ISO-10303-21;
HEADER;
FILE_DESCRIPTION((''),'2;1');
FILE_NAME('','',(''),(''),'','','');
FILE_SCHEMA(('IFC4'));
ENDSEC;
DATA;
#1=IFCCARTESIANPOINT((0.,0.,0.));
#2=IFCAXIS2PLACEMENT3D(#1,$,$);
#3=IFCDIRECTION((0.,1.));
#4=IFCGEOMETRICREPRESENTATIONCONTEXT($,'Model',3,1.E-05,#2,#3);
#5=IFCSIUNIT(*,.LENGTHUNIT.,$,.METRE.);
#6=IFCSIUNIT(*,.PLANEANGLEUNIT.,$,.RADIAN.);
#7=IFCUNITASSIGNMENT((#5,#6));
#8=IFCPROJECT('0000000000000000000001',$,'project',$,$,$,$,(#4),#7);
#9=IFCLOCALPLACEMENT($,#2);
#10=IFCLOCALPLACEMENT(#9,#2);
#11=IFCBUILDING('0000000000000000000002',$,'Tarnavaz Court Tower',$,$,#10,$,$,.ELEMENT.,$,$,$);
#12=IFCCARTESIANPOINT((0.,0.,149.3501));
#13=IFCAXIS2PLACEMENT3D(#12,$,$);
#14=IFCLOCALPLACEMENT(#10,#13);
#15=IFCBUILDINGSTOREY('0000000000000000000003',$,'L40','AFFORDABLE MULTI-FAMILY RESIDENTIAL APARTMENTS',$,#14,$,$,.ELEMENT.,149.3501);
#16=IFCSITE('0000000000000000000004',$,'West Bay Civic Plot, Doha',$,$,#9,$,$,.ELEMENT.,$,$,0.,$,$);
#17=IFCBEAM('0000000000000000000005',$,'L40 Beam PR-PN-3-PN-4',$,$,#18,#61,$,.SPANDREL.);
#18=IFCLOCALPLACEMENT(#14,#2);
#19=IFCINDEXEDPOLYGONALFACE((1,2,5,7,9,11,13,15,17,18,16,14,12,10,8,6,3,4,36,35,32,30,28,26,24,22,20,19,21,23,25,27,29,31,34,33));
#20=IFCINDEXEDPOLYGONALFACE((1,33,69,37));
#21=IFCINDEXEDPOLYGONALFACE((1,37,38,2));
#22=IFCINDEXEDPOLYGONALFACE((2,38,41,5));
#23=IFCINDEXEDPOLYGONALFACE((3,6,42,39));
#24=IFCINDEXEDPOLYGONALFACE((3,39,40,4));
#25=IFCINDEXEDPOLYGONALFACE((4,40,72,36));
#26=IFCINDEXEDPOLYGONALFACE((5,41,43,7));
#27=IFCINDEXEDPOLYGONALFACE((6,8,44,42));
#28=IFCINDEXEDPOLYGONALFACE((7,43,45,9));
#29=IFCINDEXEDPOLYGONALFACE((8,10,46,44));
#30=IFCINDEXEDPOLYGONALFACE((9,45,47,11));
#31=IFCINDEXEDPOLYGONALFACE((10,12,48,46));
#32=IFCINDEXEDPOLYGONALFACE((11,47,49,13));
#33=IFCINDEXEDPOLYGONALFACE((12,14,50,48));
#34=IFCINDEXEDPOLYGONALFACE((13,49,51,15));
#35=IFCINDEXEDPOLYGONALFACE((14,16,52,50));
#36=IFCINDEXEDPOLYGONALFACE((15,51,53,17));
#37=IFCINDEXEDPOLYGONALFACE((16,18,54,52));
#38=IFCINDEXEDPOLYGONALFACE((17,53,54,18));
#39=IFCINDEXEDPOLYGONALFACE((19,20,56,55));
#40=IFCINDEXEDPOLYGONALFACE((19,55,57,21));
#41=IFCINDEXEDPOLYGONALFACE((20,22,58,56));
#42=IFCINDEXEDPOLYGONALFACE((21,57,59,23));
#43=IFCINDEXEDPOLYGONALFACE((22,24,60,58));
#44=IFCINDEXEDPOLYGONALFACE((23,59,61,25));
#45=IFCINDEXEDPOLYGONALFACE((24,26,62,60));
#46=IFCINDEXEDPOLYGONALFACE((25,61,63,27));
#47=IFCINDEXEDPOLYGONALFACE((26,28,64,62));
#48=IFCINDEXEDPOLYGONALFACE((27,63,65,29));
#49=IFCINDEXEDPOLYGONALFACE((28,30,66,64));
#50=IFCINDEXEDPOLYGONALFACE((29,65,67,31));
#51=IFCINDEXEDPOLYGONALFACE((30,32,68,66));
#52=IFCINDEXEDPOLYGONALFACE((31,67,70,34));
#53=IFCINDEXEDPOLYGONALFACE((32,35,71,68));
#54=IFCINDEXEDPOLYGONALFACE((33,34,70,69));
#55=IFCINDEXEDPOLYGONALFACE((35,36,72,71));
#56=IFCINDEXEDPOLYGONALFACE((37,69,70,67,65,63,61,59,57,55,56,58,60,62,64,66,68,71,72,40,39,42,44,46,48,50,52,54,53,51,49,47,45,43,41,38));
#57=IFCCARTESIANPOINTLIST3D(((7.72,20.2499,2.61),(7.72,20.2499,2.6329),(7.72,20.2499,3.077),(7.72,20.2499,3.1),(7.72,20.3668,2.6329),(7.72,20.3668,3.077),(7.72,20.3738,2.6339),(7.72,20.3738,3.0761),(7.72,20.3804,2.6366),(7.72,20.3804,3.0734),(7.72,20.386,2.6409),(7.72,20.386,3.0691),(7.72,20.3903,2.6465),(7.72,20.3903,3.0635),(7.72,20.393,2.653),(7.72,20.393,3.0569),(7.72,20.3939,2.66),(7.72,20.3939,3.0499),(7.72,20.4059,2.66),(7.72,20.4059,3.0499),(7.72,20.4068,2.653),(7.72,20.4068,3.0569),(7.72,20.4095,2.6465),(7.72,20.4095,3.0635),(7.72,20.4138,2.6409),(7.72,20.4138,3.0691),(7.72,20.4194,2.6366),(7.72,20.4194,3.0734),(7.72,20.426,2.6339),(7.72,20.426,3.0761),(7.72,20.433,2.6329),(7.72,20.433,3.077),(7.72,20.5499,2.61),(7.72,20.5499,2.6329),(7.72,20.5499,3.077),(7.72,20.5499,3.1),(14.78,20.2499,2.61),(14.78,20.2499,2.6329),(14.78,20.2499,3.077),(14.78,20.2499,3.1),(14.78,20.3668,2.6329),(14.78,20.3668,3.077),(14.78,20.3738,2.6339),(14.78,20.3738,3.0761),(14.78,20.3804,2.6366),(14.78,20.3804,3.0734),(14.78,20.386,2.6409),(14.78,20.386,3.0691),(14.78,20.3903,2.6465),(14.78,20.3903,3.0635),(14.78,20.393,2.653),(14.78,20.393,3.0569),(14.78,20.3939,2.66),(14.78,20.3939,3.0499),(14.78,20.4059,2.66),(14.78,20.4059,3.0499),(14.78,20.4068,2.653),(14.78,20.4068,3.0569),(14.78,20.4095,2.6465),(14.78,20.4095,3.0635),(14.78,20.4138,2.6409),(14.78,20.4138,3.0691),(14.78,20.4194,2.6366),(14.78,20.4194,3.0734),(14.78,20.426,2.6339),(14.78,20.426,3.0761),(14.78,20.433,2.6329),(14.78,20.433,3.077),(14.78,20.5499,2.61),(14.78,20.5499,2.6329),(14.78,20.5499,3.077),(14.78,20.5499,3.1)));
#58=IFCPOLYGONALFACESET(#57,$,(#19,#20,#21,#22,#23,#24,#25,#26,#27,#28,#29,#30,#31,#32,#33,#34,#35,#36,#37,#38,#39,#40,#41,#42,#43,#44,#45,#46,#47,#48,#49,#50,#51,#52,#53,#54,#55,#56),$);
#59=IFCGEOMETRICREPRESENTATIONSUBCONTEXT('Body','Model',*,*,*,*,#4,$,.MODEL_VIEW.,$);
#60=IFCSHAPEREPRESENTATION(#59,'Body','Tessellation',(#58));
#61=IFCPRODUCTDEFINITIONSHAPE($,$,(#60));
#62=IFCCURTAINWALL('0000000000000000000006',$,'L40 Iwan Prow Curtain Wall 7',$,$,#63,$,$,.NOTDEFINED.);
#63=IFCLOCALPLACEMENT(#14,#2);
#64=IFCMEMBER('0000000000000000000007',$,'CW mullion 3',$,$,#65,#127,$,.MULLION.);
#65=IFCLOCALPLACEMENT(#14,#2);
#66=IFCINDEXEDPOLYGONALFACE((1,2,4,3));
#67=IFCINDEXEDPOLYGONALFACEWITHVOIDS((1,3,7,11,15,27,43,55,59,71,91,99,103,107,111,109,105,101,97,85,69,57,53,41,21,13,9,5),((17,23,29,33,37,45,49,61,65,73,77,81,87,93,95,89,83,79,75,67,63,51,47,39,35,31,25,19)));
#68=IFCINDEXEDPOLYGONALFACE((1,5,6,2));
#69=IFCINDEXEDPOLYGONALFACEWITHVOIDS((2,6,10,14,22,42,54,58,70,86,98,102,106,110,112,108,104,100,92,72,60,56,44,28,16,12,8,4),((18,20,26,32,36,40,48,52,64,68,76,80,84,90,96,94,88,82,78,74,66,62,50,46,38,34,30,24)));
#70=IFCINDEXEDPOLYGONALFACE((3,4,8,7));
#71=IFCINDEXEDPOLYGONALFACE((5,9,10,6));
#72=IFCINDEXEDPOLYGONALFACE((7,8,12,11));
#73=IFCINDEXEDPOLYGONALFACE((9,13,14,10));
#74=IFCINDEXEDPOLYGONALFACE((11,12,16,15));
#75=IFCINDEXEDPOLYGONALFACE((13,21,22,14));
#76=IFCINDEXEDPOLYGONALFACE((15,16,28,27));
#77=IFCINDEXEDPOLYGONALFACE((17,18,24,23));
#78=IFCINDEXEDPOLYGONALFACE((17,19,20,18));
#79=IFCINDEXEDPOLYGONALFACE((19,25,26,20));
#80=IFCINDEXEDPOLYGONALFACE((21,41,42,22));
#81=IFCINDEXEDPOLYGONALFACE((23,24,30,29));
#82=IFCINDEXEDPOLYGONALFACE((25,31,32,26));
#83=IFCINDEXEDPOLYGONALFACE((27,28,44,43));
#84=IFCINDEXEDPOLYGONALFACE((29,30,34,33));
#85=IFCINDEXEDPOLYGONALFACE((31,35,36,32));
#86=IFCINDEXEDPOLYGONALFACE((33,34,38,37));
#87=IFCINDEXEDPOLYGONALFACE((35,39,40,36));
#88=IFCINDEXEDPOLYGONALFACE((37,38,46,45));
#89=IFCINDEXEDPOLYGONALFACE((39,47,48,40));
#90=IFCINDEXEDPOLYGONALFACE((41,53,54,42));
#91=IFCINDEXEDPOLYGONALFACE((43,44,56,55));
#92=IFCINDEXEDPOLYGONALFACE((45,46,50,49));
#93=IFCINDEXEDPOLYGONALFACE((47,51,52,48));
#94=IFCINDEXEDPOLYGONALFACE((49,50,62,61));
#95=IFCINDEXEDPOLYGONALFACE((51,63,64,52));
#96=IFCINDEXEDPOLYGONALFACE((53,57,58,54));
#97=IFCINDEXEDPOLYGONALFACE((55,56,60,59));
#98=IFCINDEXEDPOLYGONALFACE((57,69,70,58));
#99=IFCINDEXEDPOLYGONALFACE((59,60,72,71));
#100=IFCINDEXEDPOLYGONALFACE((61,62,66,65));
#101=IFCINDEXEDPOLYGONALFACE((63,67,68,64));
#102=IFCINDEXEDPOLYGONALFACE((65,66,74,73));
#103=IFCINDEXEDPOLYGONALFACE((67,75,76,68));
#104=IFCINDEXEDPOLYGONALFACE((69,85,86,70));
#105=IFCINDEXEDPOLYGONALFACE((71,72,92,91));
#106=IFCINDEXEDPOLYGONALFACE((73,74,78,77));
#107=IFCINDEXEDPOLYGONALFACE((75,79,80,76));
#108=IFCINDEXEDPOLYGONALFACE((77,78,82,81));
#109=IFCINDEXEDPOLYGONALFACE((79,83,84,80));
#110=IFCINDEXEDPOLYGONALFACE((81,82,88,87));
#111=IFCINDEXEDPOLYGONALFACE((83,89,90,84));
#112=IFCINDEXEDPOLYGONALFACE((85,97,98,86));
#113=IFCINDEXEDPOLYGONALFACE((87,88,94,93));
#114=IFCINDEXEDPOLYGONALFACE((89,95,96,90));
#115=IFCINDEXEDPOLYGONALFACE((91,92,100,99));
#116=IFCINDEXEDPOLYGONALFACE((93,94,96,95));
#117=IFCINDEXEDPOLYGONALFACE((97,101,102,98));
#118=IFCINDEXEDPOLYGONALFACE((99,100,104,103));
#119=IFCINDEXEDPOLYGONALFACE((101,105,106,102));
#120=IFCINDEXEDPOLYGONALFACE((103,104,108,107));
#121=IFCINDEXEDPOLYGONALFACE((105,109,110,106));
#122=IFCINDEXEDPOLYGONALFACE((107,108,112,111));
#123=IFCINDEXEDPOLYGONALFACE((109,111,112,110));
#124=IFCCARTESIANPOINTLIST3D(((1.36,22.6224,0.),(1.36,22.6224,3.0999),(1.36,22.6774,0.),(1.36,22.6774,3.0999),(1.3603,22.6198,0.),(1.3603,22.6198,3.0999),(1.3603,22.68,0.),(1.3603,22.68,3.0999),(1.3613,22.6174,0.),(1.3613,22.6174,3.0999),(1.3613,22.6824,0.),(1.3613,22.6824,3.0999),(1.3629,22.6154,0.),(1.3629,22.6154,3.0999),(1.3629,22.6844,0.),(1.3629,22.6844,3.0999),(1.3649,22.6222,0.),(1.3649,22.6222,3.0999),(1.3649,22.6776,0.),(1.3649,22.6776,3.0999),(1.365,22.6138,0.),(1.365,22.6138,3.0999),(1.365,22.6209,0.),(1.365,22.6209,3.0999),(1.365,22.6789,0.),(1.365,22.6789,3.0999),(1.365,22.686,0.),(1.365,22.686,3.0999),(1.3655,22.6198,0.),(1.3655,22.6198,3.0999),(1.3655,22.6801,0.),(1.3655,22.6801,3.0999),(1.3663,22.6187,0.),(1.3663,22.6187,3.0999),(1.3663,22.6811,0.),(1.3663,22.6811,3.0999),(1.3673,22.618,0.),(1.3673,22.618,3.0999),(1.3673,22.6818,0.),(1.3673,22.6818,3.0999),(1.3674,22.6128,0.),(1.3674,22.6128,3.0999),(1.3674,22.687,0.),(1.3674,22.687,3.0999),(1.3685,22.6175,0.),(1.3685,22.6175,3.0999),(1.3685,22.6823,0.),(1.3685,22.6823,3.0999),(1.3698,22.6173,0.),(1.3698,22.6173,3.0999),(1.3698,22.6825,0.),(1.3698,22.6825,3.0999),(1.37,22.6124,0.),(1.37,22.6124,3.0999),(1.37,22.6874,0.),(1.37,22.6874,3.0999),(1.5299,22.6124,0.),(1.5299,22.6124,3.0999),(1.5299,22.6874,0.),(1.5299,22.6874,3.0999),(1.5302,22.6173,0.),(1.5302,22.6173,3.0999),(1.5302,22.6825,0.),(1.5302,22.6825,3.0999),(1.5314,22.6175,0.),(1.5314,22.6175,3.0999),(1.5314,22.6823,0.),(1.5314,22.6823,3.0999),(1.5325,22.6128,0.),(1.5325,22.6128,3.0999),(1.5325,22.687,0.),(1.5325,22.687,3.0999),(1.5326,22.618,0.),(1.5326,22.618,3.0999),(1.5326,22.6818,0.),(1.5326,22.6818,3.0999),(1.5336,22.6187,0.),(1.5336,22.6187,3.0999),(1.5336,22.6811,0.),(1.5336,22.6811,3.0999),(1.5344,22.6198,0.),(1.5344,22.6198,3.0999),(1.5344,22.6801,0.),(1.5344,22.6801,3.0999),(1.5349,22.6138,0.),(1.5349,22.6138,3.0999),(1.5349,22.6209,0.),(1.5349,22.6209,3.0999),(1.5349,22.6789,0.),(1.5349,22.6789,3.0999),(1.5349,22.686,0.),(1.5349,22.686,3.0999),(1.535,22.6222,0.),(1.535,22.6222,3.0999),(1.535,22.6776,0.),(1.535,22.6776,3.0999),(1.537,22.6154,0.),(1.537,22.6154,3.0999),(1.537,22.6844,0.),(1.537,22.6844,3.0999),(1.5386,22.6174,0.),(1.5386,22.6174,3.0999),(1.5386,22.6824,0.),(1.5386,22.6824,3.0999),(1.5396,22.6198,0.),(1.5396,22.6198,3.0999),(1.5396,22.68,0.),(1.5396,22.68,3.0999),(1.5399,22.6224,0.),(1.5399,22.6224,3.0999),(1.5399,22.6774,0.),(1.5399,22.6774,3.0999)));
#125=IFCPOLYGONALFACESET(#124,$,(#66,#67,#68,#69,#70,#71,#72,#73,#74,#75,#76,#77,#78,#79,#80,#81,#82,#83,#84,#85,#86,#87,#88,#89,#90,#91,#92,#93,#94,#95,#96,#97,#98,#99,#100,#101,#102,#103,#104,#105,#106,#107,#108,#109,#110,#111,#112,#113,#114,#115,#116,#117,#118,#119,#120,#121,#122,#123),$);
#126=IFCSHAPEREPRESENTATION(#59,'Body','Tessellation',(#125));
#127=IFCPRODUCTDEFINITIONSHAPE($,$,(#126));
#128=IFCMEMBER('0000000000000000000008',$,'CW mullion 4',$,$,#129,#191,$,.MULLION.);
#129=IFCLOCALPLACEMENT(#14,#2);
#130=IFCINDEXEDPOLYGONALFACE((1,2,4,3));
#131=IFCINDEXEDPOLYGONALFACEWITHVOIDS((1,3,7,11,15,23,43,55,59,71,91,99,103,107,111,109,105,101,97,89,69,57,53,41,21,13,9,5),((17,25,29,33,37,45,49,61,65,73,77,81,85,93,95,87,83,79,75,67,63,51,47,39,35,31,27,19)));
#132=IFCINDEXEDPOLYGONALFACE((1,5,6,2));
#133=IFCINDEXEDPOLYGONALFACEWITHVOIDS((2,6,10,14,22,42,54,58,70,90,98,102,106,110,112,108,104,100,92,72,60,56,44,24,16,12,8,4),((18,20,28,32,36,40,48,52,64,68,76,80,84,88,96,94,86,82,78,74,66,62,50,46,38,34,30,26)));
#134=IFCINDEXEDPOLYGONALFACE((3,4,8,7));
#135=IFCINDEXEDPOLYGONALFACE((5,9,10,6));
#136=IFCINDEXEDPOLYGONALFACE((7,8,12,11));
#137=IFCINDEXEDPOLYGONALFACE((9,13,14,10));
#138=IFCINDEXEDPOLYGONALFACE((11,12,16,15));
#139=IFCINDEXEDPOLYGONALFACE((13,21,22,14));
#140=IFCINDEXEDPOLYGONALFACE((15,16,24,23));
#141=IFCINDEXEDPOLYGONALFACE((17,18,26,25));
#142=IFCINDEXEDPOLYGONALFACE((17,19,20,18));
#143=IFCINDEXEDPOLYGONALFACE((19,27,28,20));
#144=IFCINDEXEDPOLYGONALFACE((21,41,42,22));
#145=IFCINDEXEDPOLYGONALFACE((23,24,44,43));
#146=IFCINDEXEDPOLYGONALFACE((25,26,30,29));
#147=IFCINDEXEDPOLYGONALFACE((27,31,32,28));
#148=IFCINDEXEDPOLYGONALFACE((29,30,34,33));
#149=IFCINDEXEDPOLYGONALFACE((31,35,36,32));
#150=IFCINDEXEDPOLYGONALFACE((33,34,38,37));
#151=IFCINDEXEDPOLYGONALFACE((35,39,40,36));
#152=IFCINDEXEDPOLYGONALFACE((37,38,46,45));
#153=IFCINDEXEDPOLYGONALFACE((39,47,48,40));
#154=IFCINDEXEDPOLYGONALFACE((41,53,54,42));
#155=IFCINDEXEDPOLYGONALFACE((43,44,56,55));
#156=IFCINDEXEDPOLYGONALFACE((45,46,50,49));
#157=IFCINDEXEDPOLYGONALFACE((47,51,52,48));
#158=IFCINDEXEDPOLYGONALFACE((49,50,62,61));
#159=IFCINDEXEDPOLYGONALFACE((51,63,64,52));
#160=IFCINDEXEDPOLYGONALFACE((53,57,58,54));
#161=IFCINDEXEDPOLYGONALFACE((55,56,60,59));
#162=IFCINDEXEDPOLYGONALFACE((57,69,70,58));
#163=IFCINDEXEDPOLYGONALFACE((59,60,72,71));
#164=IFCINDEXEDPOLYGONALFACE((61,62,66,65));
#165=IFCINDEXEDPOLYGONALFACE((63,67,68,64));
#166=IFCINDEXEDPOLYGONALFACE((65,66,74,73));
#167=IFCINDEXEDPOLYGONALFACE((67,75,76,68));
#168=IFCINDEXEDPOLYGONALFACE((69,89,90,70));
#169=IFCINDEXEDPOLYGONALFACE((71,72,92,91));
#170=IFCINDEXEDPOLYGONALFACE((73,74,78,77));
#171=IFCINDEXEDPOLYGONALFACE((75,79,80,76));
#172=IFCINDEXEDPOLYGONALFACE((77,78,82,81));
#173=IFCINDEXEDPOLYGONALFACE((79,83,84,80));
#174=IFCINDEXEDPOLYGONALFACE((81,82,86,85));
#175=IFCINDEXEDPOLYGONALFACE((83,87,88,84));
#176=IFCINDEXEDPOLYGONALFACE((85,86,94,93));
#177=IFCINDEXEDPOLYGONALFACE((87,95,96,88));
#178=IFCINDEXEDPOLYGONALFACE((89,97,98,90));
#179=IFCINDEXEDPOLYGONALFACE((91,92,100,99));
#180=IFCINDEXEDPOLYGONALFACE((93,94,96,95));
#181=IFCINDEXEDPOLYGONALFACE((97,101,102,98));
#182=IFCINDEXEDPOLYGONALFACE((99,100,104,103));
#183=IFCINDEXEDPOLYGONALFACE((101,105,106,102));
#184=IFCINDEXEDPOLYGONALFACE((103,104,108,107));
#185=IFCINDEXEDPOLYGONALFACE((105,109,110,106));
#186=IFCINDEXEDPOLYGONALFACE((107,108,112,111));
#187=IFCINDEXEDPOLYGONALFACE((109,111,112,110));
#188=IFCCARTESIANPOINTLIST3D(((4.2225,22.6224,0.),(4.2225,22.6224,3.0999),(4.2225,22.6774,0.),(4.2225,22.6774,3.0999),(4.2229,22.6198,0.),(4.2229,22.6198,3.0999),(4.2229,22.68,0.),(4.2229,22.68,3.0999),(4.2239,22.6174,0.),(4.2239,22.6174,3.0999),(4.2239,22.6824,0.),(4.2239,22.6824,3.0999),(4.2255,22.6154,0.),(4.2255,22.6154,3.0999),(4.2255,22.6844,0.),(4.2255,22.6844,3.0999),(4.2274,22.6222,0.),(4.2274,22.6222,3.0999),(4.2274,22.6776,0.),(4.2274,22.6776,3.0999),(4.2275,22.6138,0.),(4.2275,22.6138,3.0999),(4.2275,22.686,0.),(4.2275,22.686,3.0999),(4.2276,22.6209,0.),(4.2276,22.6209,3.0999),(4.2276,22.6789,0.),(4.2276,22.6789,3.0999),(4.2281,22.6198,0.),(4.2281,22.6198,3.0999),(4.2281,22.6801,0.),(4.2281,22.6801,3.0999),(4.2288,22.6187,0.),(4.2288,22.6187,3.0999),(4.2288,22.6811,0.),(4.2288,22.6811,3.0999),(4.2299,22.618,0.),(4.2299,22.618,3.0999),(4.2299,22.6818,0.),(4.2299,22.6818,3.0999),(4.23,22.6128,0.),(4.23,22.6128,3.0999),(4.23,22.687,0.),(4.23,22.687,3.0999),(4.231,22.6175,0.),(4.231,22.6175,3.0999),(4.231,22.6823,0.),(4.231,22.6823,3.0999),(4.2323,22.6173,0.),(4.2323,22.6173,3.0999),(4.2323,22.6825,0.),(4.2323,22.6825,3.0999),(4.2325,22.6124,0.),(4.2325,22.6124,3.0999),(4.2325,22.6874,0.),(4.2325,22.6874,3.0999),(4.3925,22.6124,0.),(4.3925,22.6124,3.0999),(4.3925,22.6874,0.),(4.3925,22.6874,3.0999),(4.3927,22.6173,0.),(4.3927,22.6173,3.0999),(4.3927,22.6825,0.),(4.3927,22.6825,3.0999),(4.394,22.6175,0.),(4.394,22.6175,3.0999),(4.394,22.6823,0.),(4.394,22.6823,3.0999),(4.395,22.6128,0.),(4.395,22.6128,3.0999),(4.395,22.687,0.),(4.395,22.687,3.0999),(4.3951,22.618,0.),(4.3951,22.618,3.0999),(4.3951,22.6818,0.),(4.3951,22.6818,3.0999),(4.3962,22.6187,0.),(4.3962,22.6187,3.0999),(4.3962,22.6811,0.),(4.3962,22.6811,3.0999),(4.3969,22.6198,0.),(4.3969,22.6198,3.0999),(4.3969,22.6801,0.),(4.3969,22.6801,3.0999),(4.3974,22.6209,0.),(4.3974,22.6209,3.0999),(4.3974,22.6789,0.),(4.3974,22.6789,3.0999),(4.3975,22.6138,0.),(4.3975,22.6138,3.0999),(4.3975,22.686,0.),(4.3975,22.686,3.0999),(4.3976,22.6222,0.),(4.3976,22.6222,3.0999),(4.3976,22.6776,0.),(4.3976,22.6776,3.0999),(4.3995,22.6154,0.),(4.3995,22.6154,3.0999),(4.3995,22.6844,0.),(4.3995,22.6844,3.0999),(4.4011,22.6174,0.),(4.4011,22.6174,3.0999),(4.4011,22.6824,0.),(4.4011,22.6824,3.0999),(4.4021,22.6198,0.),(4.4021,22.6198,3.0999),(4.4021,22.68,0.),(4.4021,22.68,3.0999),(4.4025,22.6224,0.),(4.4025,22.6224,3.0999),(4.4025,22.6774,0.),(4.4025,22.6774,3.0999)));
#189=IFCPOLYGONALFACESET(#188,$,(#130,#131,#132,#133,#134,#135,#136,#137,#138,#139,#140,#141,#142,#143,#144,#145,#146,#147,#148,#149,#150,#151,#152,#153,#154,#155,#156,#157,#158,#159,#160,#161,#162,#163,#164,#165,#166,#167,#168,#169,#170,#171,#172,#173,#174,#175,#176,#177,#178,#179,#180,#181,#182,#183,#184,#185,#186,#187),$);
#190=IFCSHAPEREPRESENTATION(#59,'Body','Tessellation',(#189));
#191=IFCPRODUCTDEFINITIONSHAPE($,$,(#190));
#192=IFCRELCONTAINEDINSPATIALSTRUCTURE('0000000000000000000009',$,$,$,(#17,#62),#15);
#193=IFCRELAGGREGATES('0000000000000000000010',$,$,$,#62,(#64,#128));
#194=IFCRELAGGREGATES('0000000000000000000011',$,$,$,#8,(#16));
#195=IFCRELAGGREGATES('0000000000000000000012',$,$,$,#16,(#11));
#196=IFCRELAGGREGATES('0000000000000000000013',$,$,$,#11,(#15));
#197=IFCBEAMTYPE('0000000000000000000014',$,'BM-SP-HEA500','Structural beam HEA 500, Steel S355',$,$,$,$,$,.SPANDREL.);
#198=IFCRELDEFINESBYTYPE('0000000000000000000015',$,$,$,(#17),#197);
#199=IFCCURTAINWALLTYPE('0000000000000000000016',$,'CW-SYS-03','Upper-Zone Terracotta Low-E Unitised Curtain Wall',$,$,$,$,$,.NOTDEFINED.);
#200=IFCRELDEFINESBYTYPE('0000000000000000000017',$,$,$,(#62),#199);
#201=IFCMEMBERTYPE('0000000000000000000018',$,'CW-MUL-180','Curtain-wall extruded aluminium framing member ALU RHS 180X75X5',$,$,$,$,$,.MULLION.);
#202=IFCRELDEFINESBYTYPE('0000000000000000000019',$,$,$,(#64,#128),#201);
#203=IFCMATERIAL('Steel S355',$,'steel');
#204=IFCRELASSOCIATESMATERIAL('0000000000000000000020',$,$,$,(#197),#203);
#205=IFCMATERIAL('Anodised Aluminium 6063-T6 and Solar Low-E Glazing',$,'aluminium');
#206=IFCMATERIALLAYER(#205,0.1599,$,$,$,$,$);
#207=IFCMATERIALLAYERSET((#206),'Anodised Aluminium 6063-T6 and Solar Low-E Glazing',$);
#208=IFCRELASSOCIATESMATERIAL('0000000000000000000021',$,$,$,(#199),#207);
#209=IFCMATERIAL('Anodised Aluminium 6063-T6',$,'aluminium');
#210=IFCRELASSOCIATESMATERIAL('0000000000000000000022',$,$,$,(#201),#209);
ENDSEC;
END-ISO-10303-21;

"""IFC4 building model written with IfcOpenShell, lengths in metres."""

from ifc_helpers import new_model, si_unit, direction, frame, origin, origin_2d, place, context, subcontext, project, spatial, hollow_rectangle, i_section, extrude, material, layer, layer_set, material_profile, profile_set, type_object, element, aggregate, save


model = new_model("IFC4")

# Units and contexts
model_context = context("Model", 3, precision=1e-05, world=origin(), true_north=direction((0.0, 1.0)))
body_context = subcontext(model_context, "Body", "Model", "MODEL_VIEW")
ifc_project = project(units=[si_unit("LENGTHUNIT", "METRE"), si_unit("PLANEANGLEUNIT", "RADIAN")], contexts=[model_context])

# Site, building, storey
site_placement = place(None, origin())
site = spatial("IfcSite", under=ifc_project, at=site_placement, Name="West Bay Civic Plot, Doha", CompositionType="ELEMENT", RefElevation=0.0)
building_placement = place(site_placement, origin())
building = spatial("IfcBuilding", under=site, at=building_placement, Name="Tarnavaz Court Tower", CompositionType="ELEMENT")
storey_placement = place(building_placement, frame((0.0, 0.0, 149.3501)))
storey = spatial("IfcBuildingStorey", under=building, at=storey_placement, Name="L40", Description="AFFORDABLE MULTI-FAMILY RESIDENTIAL APARTMENTS", CompositionType="ELEMENT", Elevation=149.3501)

# Beam
ifc_material_1 = material(Name="Steel S355", Category="steel")
ifc_material_profile_1 = material_profile(ifc_material_1, i_section(OverallWidth=0.3, OverallDepth=0.49, WebThickness=0.012, FlangeThickness=0.0229, FilletRadius=0.0271, at=origin_2d()), Name="HEA 500")
ifc_profile_set_1 = profile_set([ifc_material_profile_1], Name="Steel S355")
beam_type_1 = type_object("IfcBeamType", Name="BM-SP-HEA500", Description="Structural beam HEA 500, Steel S355", PredefinedType="SPANDREL", material=ifc_profile_set_1)
beam_placement = place(storey_placement, frame((7.72, 20.3999, 2.855), z_axis=(1.0, 0.0, 0.0), x_axis=(0.0, 1.0, 0.0)))
element("IfcBeam", 1, at=beam_placement, inside=storey, type_object=beam_type_1, Name="L40 Beam PR-PN-3-PN-4", PredefinedType="SPANDREL", context=body_context, shape_type="SweptSolid", body=[
    extrude(i_section(OverallWidth=0.3, OverallDepth=0.49, WebThickness=0.012, FlangeThickness=0.0229, FilletRadius=0.0271, at=origin_2d()), origin(), (0.0, 0.0, 1.0), 7.0601),
])

# Curtain wall, members
ifc_material_2 = material(Name="Anodised Aluminium 6063-T6 and Solar Low-E Glazing", Category="aluminium")
ifc_layer_1 = layer(ifc_material_2, 0.1599)
ifc_layer_set_1 = layer_set([ifc_layer_1], Name="Anodised Aluminium 6063-T6 and Solar Low-E Glazing")
curtain_wall_type = type_object("IfcCurtainWallType", Name="CW-SYS-03", Description="Upper-Zone Terracotta Low-E Unitised Curtain Wall", PredefinedType="NOTDEFINED", material=ifc_layer_set_1)
curtain_wall_placement = place(storey_placement, origin())
curtain_wall = element("IfcCurtainWall", 2, at=curtain_wall_placement, inside=storey, type_object=curtain_wall_type, Name="L40 Iwan Prow Curtain Wall 7", PredefinedType="NOTDEFINED")
ifc_material_3 = material(Name="Anodised Aluminium 6063-T6", Category="aluminium")
ifc_material_profile_2 = material_profile(ifc_material_3, hollow_rectangle(XDim=0.075, YDim=0.1799, WallThickness=0.0049, InnerFilletRadius=0.0049, OuterFilletRadius=0.01, at=origin_2d()), Name="ALU RHS 180X75X5")
ifc_profile_set_2 = profile_set([ifc_material_profile_2], Name="Anodised Aluminium 6063-T6")
member_type_1 = type_object("IfcMemberType", Name="CW-MUL-180", Description="Curtain-wall extruded aluminium framing member ALU RHS 180X75X5", PredefinedType="MULLION", material=ifc_profile_set_2)
member_1_placement = place(storey_placement, frame((1.45, 22.6499, 0.0), z_axis=(0.0, 0.0, 1.0), x_axis=(0.0, 1.0, 0.0)))
member_1 = element("IfcMember", 3, at=member_1_placement, type_object=member_type_1, Name="CW mullion 3", PredefinedType="MULLION", context=body_context, shape_type="SweptSolid", body=[
    extrude(hollow_rectangle(XDim=0.075, YDim=0.1799, WallThickness=0.0049, InnerFilletRadius=0.0049, OuterFilletRadius=0.01, at=origin_2d()), origin(), (0.0, 0.0, 1.0), 3.0999),
])
member_2_placement = place(storey_placement, frame((4.3125, 22.6499, 0.0), z_axis=(0.0, 0.0, 1.0), x_axis=(0.0, 1.0, 0.0)))
member_2 = element("IfcMember", 4, at=member_2_placement, type_object=member_type_1, Name="CW mullion 4", PredefinedType="MULLION", context=body_context, shape_type="SweptSolid", body=[
    extrude(hollow_rectangle(XDim=0.075, YDim=0.1799, WallThickness=0.0049, InnerFilletRadius=0.0049, OuterFilletRadius=0.01, at=origin_2d()), origin(), (0.0, 0.0, 1.0), 3.0999),
])
aggregate(curtain_wall, [member_1, member_2])

save(model, "model.ifc")
